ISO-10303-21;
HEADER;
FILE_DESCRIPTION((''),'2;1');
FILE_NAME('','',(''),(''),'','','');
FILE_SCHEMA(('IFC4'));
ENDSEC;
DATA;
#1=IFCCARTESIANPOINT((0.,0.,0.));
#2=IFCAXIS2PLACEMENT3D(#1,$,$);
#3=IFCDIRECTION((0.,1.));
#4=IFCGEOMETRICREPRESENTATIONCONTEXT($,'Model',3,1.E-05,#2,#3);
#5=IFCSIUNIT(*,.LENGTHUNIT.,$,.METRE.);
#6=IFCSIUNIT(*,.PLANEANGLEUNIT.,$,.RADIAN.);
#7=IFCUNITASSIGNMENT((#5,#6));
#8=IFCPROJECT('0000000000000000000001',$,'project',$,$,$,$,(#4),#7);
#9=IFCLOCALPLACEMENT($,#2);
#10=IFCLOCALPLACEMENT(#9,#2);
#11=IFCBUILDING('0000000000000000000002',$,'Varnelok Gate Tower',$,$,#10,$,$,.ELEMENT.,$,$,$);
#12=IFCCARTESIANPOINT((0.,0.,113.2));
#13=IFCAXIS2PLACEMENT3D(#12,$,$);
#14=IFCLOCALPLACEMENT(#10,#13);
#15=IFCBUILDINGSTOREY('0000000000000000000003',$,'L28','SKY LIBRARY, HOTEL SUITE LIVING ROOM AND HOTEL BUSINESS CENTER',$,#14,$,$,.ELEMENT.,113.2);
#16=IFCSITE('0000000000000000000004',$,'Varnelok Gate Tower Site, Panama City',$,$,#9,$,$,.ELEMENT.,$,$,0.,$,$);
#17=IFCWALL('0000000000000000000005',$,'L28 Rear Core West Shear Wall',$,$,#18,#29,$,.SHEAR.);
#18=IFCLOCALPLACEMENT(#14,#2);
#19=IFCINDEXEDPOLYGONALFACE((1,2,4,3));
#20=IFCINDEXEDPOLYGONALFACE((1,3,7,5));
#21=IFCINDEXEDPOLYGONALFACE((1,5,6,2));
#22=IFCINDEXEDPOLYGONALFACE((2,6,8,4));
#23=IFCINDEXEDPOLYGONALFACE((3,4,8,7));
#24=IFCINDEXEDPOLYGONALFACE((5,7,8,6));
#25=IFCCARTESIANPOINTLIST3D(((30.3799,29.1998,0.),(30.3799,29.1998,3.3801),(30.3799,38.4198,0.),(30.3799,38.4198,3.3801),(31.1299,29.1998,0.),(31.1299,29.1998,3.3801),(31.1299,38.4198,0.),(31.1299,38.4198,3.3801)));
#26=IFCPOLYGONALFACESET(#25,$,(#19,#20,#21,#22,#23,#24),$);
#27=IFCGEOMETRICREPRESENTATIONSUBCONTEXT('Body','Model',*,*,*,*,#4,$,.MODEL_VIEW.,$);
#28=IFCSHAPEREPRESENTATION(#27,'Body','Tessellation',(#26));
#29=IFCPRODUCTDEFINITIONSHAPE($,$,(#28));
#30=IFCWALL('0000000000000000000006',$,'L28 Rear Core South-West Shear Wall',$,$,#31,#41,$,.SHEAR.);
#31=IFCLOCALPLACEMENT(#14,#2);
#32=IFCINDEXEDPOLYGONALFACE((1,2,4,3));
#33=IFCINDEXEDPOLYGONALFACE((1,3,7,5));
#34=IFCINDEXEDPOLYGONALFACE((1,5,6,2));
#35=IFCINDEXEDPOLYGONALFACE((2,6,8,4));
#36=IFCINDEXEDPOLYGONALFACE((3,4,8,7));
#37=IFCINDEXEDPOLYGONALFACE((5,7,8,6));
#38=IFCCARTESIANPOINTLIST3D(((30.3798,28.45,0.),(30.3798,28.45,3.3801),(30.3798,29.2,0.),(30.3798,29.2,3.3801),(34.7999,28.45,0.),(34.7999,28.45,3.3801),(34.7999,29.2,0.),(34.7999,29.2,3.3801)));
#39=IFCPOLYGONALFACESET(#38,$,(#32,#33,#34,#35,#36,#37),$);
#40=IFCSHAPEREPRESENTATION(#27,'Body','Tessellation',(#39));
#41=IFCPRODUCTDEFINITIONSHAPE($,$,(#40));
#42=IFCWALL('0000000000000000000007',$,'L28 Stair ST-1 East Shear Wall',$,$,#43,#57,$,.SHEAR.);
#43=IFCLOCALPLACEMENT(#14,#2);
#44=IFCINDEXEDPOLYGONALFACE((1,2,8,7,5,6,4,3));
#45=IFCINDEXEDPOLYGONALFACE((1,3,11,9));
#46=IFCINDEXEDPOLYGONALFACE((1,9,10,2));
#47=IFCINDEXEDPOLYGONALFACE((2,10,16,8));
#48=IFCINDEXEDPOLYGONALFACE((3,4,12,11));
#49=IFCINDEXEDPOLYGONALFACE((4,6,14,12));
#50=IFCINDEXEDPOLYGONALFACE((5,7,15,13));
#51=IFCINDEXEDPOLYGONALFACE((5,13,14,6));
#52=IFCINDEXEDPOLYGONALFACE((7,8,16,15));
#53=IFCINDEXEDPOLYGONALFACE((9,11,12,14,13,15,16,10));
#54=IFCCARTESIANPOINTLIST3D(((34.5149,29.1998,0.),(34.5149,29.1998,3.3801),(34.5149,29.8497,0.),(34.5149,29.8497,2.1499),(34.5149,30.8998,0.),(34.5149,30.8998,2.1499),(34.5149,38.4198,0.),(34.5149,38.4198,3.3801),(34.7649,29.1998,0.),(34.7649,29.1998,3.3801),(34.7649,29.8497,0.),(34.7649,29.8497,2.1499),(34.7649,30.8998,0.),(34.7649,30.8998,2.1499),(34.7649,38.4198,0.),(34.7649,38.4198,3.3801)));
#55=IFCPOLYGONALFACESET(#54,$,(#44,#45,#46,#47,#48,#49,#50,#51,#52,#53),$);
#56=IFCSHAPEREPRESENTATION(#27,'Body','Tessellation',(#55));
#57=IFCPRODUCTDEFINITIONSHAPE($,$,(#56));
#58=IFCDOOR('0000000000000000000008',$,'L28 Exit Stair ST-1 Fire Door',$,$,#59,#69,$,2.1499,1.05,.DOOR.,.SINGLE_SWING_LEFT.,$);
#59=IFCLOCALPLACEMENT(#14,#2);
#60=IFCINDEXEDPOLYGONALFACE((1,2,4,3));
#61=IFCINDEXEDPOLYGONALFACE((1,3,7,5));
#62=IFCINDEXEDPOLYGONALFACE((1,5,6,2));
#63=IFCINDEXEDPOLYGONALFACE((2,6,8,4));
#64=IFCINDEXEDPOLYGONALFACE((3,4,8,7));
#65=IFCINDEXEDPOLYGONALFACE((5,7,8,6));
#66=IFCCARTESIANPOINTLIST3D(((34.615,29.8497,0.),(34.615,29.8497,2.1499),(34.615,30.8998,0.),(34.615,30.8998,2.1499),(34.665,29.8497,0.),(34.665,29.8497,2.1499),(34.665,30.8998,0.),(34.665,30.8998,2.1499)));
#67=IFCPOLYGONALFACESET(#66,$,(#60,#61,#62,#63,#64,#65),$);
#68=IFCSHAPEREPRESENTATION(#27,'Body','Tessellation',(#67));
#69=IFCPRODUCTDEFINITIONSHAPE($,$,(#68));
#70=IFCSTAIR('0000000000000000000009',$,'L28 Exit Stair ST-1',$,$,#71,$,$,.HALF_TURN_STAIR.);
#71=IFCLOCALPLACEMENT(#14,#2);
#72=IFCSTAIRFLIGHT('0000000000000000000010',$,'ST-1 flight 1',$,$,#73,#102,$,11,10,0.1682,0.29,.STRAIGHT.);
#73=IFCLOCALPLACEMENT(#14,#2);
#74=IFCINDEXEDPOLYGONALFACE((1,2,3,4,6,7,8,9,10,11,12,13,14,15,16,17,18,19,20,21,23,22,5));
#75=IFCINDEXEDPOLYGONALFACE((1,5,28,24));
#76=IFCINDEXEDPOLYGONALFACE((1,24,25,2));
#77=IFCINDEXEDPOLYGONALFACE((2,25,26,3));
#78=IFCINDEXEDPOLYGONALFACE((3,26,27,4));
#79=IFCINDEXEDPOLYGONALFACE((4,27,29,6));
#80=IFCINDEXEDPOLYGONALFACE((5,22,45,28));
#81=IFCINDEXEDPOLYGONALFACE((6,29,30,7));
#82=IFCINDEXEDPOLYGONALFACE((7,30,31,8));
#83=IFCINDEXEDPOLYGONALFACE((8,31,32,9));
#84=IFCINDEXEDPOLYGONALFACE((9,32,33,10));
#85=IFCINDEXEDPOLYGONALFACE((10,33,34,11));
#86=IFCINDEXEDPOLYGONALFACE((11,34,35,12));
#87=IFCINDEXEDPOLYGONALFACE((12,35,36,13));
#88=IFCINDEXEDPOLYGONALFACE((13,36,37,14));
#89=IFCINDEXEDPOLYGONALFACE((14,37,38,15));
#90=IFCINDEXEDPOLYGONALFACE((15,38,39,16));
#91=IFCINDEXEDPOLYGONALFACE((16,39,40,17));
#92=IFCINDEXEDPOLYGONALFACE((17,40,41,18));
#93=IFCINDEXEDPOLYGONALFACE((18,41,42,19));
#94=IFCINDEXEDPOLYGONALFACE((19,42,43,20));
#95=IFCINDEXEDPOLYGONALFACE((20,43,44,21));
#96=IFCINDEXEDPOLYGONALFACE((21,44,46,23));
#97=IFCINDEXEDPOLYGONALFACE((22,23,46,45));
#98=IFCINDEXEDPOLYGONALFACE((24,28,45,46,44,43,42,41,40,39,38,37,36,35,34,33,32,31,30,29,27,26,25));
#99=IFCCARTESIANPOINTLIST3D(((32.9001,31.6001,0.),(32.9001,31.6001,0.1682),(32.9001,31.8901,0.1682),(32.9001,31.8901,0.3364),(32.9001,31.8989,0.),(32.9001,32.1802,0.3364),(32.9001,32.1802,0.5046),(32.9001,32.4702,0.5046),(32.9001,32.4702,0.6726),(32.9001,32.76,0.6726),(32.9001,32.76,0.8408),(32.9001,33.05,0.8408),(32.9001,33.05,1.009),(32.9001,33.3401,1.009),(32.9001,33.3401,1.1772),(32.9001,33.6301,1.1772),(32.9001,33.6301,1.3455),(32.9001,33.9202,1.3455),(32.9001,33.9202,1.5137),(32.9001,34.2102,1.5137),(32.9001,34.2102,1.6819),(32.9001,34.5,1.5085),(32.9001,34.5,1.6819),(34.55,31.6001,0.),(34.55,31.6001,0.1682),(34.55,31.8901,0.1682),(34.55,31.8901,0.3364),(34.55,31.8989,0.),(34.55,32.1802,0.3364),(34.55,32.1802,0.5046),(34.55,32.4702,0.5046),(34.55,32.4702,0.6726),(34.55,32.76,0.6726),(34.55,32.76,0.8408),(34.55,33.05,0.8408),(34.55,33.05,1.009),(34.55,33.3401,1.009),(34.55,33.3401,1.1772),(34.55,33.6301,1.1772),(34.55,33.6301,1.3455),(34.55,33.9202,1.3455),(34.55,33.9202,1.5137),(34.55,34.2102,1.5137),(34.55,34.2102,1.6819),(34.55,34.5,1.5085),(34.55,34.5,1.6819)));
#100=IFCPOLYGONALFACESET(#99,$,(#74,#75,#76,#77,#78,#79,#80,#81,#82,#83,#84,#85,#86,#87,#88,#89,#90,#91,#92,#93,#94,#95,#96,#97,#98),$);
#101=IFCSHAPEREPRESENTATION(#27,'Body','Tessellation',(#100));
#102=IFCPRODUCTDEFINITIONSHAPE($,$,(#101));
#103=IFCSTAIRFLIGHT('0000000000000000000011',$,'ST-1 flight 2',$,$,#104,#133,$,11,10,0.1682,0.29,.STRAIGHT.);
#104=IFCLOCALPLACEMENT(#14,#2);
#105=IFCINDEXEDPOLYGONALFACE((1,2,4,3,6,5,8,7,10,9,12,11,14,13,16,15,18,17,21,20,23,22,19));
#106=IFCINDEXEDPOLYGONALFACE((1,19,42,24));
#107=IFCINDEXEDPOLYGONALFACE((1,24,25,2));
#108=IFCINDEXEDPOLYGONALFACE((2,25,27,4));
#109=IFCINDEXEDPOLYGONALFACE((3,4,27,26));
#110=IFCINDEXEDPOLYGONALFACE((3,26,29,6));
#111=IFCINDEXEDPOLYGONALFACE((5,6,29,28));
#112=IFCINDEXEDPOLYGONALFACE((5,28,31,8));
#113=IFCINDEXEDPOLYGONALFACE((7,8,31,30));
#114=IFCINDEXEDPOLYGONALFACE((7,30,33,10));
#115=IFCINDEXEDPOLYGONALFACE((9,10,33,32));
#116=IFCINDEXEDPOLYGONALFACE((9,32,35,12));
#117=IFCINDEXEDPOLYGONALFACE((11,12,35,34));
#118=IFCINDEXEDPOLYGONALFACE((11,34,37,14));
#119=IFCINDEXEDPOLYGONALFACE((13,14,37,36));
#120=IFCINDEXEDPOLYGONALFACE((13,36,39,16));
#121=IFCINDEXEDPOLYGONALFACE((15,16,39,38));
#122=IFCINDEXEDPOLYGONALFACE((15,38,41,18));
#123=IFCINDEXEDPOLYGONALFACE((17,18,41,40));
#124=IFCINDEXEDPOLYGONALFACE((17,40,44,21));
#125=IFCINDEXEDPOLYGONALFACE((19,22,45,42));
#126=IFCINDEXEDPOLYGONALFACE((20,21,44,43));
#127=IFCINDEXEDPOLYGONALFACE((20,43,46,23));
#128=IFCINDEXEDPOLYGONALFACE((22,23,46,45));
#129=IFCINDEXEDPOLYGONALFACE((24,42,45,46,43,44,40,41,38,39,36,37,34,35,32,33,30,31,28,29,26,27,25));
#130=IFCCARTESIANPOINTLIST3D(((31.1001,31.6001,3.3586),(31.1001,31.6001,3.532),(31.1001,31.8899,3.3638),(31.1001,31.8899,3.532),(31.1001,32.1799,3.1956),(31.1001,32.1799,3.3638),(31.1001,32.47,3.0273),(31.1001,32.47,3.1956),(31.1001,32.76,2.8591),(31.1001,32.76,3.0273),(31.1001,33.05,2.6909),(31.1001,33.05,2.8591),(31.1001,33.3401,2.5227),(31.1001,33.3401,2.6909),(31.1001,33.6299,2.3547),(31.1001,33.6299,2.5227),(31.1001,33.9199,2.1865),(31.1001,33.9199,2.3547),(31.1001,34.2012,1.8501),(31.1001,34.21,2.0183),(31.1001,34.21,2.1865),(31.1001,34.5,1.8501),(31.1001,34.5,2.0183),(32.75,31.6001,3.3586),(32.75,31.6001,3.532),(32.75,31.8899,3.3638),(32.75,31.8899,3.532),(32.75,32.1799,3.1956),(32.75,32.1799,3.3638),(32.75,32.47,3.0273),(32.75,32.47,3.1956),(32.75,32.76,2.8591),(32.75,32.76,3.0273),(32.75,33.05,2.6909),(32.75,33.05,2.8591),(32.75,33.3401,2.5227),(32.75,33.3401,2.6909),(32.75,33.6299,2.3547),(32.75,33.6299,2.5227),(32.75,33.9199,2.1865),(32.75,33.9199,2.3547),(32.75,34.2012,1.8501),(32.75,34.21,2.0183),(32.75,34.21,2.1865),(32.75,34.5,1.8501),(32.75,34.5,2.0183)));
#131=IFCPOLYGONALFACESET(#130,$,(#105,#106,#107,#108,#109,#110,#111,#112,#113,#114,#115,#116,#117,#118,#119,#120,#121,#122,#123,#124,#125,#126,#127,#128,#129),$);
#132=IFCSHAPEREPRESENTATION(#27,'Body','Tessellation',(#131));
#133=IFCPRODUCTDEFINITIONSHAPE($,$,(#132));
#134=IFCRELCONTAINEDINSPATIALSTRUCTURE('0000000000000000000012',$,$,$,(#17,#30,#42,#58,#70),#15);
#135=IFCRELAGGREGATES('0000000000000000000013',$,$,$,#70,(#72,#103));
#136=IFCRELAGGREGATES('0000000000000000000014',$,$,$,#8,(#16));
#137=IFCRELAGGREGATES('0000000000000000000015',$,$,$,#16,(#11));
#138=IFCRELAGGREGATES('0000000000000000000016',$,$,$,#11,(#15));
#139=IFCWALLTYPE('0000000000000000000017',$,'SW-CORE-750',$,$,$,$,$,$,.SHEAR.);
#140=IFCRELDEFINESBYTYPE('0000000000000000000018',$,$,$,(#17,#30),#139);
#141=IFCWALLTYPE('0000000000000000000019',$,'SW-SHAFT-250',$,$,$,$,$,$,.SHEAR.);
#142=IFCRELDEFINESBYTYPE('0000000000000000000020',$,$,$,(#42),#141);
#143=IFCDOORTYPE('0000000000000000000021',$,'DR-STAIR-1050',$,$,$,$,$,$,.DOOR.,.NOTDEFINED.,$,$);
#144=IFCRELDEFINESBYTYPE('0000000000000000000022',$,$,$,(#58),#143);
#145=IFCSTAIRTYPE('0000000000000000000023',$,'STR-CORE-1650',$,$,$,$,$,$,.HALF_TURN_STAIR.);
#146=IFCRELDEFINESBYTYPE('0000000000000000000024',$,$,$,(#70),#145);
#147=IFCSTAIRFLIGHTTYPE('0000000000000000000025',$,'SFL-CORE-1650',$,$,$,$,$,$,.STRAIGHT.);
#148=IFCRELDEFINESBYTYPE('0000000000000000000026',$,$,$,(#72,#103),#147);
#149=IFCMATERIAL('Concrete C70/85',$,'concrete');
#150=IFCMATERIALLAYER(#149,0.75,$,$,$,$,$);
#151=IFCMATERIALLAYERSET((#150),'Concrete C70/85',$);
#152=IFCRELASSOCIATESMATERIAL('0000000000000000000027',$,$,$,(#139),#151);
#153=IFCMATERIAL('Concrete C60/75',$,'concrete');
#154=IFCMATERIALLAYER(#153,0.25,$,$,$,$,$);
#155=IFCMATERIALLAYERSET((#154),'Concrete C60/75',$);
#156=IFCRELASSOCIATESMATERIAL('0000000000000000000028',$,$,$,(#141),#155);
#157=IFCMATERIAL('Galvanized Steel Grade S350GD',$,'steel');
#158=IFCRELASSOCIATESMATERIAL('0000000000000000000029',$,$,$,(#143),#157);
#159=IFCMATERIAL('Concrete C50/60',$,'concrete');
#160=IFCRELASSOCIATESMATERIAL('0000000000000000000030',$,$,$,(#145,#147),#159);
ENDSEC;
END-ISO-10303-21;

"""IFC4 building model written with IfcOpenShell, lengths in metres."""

from ifc_helpers import new_model, si_unit, direction, frame, frame_2d, origin, place, context, subcontext, project, spatial, polyline, rectangle, outline, extrude, material, layer, layer_set, type_object, element, fill, aggregate, save


model = new_model("IFC4")

# Units and contexts
model_context = context("Model", 3, precision=1e-05, world=origin(), true_north=direction((0.0, 1.0)))
body_context = subcontext(model_context, "Body", "Model", "MODEL_VIEW")
ifc_project = project(units=[si_unit("LENGTHUNIT", "METRE"), si_unit("PLANEANGLEUNIT", "RADIAN")], contexts=[model_context])

# Site, building, storey
site_placement = place(None, origin())
site = spatial("IfcSite", under=ifc_project, at=site_placement, Name="Varnelok Gate Tower Site, Panama City", CompositionType="ELEMENT", RefElevation=0.0)
building_placement = place(site_placement, origin())
building = spatial("IfcBuilding", under=site, at=building_placement, Name="Varnelok Gate Tower", CompositionType="ELEMENT")
storey_placement = place(building_placement, frame((0.0, 0.0, 113.2)))
storey = spatial("IfcBuildingStorey", under=building, at=storey_placement, Name="L28", Description="SKY LIBRARY, HOTEL SUITE LIVING ROOM AND HOTEL BUSINESS CENTER", CompositionType="ELEMENT", Elevation=113.2)

# Shared definitions
ifc_material_1 = material(Name="Concrete C70/85", Category="concrete")

# Shared definitions
ifc_material_2 = material(Name="Concrete C60/75", Category="concrete")

# Shared definitions
ifc_material_3 = material(Name="Galvanized Steel Grade S350GD", Category="steel")

# Walls
ifc_layer_1 = layer(ifc_material_1, 0.75)
ifc_layer_set_1 = layer_set([ifc_layer_1], Name="Concrete C70/85")
wall_type_1 = type_object("IfcWallType", Name="SW-CORE-750", PredefinedType="SHEAR", material=ifc_layer_set_1)
wall_1_placement = place(storey_placement, frame((30.7549, 29.2, 0.0), z_axis=(0.0, 0.0, 1.0), x_axis=(0.0, 1.0, 0.0)))
element("IfcWall", 1, at=wall_1_placement, inside=storey, type_object=wall_type_1, Name="L28 Rear Core West Shear Wall", PredefinedType="SHEAR", context=body_context, shape_type="SweptSolid", body=[
    extrude(rectangle(XDim=9.22, YDim=0.75, at=frame_2d((4.6099, 0.0))), origin(), (0.0, 0.0, 1.0), 3.3801),
])
wall_2_placement = place(storey_placement, frame((30.3799, 28.825, 0.0), z_axis=(0.0, 0.0, 1.0), x_axis=(1.0, 0.0, 0.0)))
element("IfcWall", 2, at=wall_2_placement, inside=storey, type_object=wall_type_1, Name="L28 Rear Core South-West Shear Wall", PredefinedType="SHEAR", context=body_context, shape_type="SweptSolid", body=[
    extrude(rectangle(XDim=4.4202, YDim=0.75, at=frame_2d((2.21, 0.0))), origin(), (0.0, 0.0, 1.0), 3.3801),
])

# Wall, opening, door
ifc_layer_2 = layer(ifc_material_2, 0.25)
ifc_layer_set_2 = layer_set([ifc_layer_2], Name="Concrete C60/75")
wall_type_2 = type_object("IfcWallType", Name="SW-SHAFT-250", PredefinedType="SHEAR", material=ifc_layer_set_2)
wall_3_placement = place(storey_placement, frame((34.6399, 29.2, 0.0), z_axis=(0.0, 0.0, 1.0), x_axis=(0.0, 1.0, 0.0)))
wall_3 = element("IfcWall", 3, at=wall_3_placement, inside=storey, type_object=wall_type_2, Name="L28 Stair ST-1 East Shear Wall", PredefinedType="SHEAR", context=body_context, shape_type="SweptSolid", body=[
    extrude(rectangle(XDim=9.22, YDim=0.25, at=frame_2d((4.6099, 0.0))), origin(), (0.0, 0.0, 1.0), 3.3801),
])
opening_1_placement = place(wall_3_placement, frame((0.6499, 0.0, 0.0)))
opening_1 = element("IfcOpeningElement", 4, at=opening_1_placement, cuts=wall_3, PredefinedType="OPENING", context=body_context, shape_type="SweptSolid", body=[
    extrude(rectangle(XDim=1.05, YDim=2.1499, at=frame_2d((0.5249, 1.075))), frame((0.0, 0.135, 0.0), z_axis=(0.0, -1.0, 0.0), x_axis=(1.0, 0.0, 0.0)), (0.0, 0.0, 1.0), 0.27),
])
door_type_1 = type_object("IfcDoorType", Name="DR-STAIR-1050", OperationType="NOTDEFINED", PredefinedType="DOOR", material=ifc_material_3)
door_1_placement = place(opening_1_placement, origin())
door_1 = element("IfcDoor", 5, at=door_1_placement, inside=storey, type_object=door_type_1, Name="L28 Exit Stair ST-1 Fire Door", OperationType="SINGLE_SWING_LEFT", OverallHeight=2.1499, OverallWidth=1.05, PredefinedType="DOOR", context=body_context, shape_type="SweptSolid", body=[
    extrude(rectangle(XDim=1.05, YDim=2.1499, at=frame_2d((0.5249, 1.075))), frame((0.0, 0.0249, 0.0), z_axis=(0.0, -1.0, 0.0), x_axis=(1.0, 0.0, 0.0)), (0.0, 0.0, 1.0), 0.05),
])
fill(opening_1, door_1)

# Stair, stair flights
ifc_material_4 = material(Name="Concrete C50/60", Category="concrete")
stair_type = type_object("IfcStairType", Name="STR-CORE-1650", PredefinedType="HALF_TURN_STAIR", material=ifc_material_4)
stair_placement = place(storey_placement, origin())
stair = element("IfcStair", 6, at=stair_placement, inside=storey, type_object=stair_type, Name="L28 Exit Stair ST-1", PredefinedType="HALF_TURN_STAIR")
stair_flight_type = type_object("IfcStairFlightType", Name="SFL-CORE-1650", PredefinedType="STRAIGHT", material=ifc_material_4)
stair_flight_1_placement = place(storey_placement, frame((33.7251, 31.6001, 0.0), z_axis=(0.0, 0.0, 1.0), x_axis=(0.0, 1.0, 0.0)))
stair_flight_1 = element("IfcStairFlight", 7, at=stair_flight_1_placement, type_object=stair_flight_type, Name="ST-1 flight 1", NumberOfRisers=11, NumberOfTreads=10, PredefinedType="STRAIGHT", RiserHeight=0.1682, TreadLength=0.29, context=body_context, shape_type="SweptSolid", body=[
    extrude(outline(polyline([(0.0, 0.0), (0.0, 0.1682), (0.29, 0.1682), (0.29, 0.3364), (0.5801, 0.3364), (0.5801, 0.5046), (0.8701, 0.5046), (0.8701, 0.6726), (1.1599, 0.6726), (1.1599, 0.8408), (1.45, 0.8408), (1.45, 1.009), (1.74, 1.009), (1.74, 1.1772), (2.03, 1.1772), (2.03, 1.3455), (2.3201, 1.3455), (2.3201, 1.5137), (2.6101, 1.5137), (2.6101, 1.6819), (2.8999, 1.6819), (2.8999, 1.8501), (2.8999, 1.5085), (0.2988, 0.0), (0.0, 0.0)])), frame((0.0, 0.825, 0.0), z_axis=(0.0, -1.0, 0.0), x_axis=(1.0, 0.0, 0.0)), (0.0, 0.0, 1.0), 1.6499),
])
stair_flight_2_placement = place(storey_placement, frame((31.925, 34.5, 1.8501), z_axis=(0.0, 0.0, 1.0), x_axis=(0.0, -1.0, 0.0)))
stair_flight_2 = element("IfcStairFlight", 8, at=stair_flight_2_placement, type_object=stair_flight_type, Name="ST-1 flight 2", NumberOfRisers=11, NumberOfTreads=10, PredefinedType="STRAIGHT", RiserHeight=0.1682, TreadLength=0.29, context=body_context, shape_type="SweptSolid", body=[
    extrude(outline(polyline([(0.0, 0.0), (0.0, 0.1682), (0.29, 0.1682), (0.29, 0.3364), (0.5801, 0.3364), (0.5801, 0.5046), (0.8701, 0.5046), (0.8701, 0.6726), (1.1599, 0.6726), (1.1599, 0.8408), (1.45, 0.8408), (1.45, 1.009), (1.74, 1.009), (1.74, 1.1772), (2.03, 1.1772), (2.03, 1.3455), (2.3201, 1.3455), (2.3201, 1.5137), (2.6101, 1.5137), (2.6101, 1.6819), (2.8999, 1.6819), (2.8999, 1.8501), (2.8999, 1.5085), (0.2988, 0.0), (0.0, 0.0)])), frame((0.0, 0.825, 0.0), z_axis=(0.0, -1.0, 0.0), x_axis=(1.0, 0.0, 0.0)), (0.0, 0.0, 1.0), 1.6499),
])
aggregate(stair, [stair_flight_1, stair_flight_2])

save(model, "model.ifc")
